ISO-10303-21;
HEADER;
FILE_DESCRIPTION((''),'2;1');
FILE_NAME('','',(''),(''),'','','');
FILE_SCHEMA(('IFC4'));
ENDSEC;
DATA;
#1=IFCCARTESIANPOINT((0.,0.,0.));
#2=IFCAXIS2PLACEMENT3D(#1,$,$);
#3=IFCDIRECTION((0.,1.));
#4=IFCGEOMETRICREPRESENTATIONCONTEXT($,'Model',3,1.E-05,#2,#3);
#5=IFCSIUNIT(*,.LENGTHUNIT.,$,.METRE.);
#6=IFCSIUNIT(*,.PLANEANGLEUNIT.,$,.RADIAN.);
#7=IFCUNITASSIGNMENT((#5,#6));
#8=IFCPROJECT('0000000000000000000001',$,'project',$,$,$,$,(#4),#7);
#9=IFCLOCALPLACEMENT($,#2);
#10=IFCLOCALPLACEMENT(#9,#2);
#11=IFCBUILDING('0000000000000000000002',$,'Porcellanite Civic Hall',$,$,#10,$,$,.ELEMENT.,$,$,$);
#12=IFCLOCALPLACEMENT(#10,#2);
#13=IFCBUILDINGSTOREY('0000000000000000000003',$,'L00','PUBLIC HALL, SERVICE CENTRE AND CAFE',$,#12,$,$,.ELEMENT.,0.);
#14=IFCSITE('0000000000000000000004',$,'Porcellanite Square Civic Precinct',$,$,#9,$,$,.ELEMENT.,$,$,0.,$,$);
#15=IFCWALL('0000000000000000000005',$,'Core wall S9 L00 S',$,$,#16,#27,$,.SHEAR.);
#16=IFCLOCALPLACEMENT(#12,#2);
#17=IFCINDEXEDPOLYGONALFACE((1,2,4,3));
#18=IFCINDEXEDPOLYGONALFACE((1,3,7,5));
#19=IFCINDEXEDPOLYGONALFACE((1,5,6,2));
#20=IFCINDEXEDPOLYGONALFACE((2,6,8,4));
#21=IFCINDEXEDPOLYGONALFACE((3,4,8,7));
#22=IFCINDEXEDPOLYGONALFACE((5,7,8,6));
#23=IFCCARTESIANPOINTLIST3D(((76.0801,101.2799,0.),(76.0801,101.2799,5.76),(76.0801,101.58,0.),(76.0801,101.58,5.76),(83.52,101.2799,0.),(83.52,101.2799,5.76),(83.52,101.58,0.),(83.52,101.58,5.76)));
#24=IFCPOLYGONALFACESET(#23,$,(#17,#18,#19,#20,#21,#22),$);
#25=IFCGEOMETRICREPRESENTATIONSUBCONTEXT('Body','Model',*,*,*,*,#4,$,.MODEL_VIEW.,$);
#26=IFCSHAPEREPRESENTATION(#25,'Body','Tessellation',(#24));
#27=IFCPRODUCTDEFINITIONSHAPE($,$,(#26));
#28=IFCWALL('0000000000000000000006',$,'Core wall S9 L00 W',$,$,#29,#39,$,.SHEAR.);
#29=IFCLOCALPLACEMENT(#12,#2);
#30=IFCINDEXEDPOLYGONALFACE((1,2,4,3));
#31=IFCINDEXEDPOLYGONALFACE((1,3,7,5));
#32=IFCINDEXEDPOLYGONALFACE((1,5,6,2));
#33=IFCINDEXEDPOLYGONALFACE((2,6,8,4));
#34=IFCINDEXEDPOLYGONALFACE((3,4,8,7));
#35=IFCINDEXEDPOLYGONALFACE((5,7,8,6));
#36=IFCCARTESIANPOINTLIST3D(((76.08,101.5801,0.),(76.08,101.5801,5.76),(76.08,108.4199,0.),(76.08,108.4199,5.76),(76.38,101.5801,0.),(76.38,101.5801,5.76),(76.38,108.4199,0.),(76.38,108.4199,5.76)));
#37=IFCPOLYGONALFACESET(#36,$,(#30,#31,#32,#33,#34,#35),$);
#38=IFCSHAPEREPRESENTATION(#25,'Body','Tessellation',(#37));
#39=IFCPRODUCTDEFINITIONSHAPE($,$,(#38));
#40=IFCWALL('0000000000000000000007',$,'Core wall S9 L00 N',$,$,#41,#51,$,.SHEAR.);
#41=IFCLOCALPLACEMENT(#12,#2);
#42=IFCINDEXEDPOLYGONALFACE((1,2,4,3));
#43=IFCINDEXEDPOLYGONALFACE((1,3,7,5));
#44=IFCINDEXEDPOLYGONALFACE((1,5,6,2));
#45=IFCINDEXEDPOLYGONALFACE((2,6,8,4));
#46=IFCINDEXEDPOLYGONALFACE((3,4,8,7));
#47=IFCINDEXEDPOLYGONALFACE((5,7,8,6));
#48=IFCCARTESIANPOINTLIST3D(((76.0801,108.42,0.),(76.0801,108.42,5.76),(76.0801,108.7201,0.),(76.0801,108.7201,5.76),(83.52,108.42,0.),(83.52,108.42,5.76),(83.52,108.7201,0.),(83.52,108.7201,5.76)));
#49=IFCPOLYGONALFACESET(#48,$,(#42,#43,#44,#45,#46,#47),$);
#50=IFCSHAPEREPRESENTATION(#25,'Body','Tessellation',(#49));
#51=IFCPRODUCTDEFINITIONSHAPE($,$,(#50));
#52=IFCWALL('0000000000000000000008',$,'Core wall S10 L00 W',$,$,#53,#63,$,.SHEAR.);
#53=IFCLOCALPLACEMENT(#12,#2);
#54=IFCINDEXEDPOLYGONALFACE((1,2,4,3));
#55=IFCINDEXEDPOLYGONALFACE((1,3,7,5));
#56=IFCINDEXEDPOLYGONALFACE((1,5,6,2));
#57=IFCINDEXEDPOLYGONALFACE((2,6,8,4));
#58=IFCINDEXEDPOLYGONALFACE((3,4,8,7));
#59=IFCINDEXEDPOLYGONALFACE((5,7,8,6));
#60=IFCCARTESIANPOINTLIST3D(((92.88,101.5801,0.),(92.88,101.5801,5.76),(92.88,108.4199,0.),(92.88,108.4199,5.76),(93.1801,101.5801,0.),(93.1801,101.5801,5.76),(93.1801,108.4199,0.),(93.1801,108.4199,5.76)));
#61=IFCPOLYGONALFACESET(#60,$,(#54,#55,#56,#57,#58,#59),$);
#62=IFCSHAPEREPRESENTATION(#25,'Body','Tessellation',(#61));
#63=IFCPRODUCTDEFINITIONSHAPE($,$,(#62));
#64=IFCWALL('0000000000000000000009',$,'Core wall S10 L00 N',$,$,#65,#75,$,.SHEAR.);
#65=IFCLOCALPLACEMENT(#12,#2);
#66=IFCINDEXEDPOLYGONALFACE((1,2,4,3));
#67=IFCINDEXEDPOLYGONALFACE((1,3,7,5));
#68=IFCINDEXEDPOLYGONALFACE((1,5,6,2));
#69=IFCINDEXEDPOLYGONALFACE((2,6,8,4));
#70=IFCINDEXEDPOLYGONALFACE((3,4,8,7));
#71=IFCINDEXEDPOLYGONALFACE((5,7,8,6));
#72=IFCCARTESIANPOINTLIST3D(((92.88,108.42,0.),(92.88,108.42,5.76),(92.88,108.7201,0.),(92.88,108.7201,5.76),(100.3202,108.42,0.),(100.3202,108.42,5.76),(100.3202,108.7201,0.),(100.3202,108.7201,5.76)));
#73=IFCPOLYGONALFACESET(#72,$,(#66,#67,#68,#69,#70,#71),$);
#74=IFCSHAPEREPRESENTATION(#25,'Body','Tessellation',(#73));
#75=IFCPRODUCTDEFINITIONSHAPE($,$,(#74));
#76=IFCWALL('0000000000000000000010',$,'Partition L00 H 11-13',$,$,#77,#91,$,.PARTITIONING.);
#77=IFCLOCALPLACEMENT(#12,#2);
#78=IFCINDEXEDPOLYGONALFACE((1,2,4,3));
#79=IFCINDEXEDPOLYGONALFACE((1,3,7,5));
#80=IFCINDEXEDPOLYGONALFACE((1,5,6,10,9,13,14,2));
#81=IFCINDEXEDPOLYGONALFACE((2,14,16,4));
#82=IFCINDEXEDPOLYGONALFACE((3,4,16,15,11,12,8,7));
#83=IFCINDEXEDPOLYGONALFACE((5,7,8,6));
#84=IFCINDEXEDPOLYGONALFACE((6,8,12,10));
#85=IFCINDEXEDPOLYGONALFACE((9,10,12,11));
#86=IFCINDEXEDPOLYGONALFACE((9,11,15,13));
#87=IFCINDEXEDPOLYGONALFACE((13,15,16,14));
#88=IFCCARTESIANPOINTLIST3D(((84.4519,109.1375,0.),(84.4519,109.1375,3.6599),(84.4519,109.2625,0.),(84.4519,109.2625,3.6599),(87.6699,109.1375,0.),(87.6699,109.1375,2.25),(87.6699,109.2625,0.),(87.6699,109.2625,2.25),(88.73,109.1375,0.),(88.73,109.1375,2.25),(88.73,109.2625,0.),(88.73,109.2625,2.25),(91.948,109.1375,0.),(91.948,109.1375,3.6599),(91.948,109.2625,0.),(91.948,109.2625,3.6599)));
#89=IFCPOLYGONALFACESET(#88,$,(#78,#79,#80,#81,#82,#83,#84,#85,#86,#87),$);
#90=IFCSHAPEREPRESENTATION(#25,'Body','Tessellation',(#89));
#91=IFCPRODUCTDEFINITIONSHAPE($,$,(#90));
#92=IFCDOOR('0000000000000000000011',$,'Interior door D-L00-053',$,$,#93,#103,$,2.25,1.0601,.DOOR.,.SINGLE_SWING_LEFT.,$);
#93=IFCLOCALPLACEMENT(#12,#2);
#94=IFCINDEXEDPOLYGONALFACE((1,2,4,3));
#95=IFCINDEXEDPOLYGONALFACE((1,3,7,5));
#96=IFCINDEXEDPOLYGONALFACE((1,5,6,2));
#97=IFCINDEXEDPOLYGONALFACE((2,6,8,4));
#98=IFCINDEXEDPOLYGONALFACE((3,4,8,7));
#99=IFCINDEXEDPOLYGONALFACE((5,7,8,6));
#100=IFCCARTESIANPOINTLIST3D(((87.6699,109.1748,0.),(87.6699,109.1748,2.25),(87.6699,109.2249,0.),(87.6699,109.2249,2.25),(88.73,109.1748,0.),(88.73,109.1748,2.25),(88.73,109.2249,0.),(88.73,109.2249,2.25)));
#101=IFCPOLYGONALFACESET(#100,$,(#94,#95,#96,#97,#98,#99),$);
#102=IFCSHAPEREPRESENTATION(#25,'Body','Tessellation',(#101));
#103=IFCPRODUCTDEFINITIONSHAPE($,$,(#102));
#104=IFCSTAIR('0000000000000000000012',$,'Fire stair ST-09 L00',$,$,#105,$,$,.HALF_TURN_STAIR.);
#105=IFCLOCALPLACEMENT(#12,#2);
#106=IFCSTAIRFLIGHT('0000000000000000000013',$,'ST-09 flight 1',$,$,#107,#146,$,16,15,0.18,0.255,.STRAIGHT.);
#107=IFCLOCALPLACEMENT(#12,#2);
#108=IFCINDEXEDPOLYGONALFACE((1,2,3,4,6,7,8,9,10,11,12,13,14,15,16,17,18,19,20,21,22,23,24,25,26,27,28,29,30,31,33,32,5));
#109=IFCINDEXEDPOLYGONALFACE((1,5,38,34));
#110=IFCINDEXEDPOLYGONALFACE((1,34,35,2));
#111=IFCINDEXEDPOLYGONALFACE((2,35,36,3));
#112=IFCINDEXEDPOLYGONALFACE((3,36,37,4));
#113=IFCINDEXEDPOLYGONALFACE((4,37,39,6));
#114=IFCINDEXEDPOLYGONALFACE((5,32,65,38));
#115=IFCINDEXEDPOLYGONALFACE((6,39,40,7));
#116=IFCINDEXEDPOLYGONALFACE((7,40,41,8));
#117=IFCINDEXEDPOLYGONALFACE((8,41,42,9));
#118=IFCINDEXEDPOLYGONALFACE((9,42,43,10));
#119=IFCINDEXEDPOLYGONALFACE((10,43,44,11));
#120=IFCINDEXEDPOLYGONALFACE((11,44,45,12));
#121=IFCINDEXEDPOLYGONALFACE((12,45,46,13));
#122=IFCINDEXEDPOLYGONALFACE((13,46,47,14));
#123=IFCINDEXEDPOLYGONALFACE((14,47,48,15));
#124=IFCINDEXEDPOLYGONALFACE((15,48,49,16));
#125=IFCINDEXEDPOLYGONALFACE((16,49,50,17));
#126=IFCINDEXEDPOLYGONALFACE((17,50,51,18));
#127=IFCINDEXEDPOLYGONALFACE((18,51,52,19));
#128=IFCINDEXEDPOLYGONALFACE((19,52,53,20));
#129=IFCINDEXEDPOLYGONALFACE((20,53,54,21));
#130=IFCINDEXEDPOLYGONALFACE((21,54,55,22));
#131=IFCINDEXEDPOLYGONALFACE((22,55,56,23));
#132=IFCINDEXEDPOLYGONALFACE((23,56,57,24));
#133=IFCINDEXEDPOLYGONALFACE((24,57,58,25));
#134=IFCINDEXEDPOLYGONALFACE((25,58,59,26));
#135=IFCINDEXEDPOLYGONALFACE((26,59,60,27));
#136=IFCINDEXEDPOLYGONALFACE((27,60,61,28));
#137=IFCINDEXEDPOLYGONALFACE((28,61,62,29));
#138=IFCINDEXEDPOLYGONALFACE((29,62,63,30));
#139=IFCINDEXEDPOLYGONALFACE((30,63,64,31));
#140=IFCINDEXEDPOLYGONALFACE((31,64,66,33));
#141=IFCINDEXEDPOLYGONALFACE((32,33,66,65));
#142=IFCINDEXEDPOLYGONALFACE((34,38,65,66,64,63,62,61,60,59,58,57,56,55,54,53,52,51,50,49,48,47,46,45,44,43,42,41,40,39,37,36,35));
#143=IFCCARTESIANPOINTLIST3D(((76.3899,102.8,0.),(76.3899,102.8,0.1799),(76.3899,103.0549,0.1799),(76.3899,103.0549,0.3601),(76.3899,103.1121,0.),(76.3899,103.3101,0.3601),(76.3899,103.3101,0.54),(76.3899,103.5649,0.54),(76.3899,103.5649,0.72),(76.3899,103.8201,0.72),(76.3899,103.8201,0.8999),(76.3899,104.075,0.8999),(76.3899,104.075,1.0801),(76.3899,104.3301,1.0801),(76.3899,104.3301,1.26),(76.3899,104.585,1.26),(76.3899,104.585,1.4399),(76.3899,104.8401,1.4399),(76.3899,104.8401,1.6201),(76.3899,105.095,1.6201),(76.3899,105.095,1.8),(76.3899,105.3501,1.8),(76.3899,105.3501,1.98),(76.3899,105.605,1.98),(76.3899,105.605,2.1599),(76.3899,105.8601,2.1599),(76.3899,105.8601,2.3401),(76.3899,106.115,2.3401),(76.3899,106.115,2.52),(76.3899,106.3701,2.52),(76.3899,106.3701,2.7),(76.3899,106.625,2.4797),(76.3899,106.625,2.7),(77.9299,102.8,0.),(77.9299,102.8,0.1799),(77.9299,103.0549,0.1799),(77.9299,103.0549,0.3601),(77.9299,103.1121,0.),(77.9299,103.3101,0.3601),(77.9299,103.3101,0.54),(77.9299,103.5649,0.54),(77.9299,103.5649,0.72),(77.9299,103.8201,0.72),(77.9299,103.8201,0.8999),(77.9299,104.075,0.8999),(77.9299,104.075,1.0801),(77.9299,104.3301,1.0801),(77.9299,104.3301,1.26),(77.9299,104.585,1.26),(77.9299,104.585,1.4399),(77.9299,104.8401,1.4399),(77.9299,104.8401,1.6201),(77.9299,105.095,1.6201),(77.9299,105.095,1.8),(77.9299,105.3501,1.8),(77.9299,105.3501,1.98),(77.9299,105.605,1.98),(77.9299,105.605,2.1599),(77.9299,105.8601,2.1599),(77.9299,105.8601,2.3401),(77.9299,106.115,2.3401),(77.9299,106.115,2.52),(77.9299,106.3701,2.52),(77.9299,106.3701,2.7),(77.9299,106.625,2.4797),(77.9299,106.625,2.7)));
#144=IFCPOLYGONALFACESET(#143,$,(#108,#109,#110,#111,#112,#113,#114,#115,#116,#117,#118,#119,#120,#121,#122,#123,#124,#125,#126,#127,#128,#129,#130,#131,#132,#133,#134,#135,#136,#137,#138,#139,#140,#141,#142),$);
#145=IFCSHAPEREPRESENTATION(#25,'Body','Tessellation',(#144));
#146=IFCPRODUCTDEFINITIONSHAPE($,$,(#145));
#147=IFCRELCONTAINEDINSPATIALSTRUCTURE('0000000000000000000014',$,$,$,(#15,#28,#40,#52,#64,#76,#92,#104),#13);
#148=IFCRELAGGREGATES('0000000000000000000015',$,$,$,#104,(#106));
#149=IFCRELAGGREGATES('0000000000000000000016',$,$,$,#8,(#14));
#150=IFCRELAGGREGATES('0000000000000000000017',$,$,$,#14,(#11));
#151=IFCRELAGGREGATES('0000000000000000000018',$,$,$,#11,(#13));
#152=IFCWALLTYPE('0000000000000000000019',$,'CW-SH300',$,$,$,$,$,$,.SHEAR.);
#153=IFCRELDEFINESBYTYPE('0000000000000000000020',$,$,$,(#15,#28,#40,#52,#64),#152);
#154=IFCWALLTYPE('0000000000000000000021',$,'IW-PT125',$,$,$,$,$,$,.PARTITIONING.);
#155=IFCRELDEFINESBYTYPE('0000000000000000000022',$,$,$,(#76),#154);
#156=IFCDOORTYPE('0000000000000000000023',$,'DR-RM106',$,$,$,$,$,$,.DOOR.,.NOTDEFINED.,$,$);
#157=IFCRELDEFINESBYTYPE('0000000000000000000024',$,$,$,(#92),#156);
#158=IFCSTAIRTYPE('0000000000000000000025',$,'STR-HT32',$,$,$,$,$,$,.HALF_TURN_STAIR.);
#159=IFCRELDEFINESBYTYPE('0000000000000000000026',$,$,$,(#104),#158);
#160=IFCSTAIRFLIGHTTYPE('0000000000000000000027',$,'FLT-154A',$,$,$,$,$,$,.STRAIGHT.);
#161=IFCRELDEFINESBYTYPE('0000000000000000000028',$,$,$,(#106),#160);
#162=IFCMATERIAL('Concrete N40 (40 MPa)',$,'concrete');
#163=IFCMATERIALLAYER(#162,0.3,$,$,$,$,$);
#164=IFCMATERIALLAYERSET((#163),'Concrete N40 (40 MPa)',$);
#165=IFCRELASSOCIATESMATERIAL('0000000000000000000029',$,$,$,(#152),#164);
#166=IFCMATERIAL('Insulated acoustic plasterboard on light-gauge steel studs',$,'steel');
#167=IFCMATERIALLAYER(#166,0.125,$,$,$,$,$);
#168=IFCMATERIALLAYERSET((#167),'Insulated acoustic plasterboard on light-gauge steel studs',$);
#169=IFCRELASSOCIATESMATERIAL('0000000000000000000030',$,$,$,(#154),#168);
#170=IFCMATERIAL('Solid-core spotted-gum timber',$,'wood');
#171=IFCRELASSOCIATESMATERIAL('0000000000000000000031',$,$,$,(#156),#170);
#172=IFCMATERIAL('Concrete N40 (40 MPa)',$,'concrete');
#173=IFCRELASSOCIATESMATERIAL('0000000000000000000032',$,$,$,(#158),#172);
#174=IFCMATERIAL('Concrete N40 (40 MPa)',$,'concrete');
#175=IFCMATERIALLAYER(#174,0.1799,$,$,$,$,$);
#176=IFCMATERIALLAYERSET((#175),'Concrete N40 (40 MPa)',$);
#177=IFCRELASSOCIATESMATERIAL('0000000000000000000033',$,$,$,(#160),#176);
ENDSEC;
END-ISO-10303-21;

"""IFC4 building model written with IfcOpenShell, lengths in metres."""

from ifc_helpers import new_model, si_unit, direction, frame, frame_2d, origin, place, context, subcontext, project, spatial, polyline, rectangle, outline, extrude, material, layer, layer_set, type_object, element, fill, aggregate, save


model = new_model("IFC4")

# Units and contexts
model_context = context("Model", 3, precision=1e-05, world=origin(), true_north=direction((0.0, 1.0)))
body_context = subcontext(model_context, "Body", "Model", "MODEL_VIEW")
ifc_project = project(units=[si_unit("LENGTHUNIT", "METRE"), si_unit("PLANEANGLEUNIT", "RADIAN")], contexts=[model_context])

# Site, building, storey
site_placement = place(None, origin())
site = spatial("IfcSite", under=ifc_project, at=site_placement, Name="Porcellanite Square Civic Precinct", CompositionType="ELEMENT", RefElevation=0.0)
building_placement = place(site_placement, origin())
building = spatial("IfcBuilding", under=site, at=building_placement, Name="Porcellanite Civic Hall", CompositionType="ELEMENT")
storey_placement = place(building_placement, origin())
storey = spatial("IfcBuildingStorey", under=building, at=storey_placement, Name="L00", Description="PUBLIC HALL, SERVICE CENTRE AND CAFE", CompositionType="ELEMENT", Elevation=0.0)

# Walls
ifc_material_1 = material(Name="Concrete N40 (40 MPa)", Category="concrete")
ifc_layer_1 = layer(ifc_material_1, 0.3)
ifc_layer_set_1 = layer_set([ifc_layer_1], Name="Concrete N40 (40 MPa)")
wall_type_1 = type_object("IfcWallType", Name="CW-SH300", PredefinedType="SHEAR", material=ifc_layer_set_1)
wall_1_placement = place(storey_placement, frame((83.52, 101.4299, 0.0), z_axis=(0.0, 0.0, 1.0), x_axis=(-1.0, 0.0, 0.0)))
element("IfcWall", 1, at=wall_1_placement, inside=storey, type_object=wall_type_1, Name="Core wall S9 L00 S", PredefinedType="SHEAR", context=body_context, shape_type="SweptSolid", body=[
    extrude(rectangle(XDim=7.4399, YDim=0.3, at=frame_2d((3.72, 0.0))), origin(), (0.0, 0.0, 1.0), 5.76),
])
wall_2_placement = place(storey_placement, frame((76.23, 101.5801, 0.0), z_axis=(0.0, 0.0, 1.0), x_axis=(0.0, 1.0, 0.0)))
element("IfcWall", 2, at=wall_2_placement, inside=storey, type_object=wall_type_1, Name="Core wall S9 L00 W", PredefinedType="SHEAR", context=body_context, shape_type="SweptSolid", body=[
    extrude(rectangle(XDim=6.8398, YDim=0.3, at=frame_2d((3.4199, 0.0))), origin(), (0.0, 0.0, 1.0), 5.76),
])
wall_3_placement = place(storey_placement, frame((76.0801, 108.5701, 0.0), z_axis=(0.0, 0.0, 1.0), x_axis=(1.0, 0.0, 0.0)))
element("IfcWall", 3, at=wall_3_placement, inside=storey, type_object=wall_type_1, Name="Core wall S9 L00 N", PredefinedType="SHEAR", context=body_context, shape_type="SweptSolid", body=[
    extrude(rectangle(XDim=7.4399, YDim=0.3, at=frame_2d((3.72, 0.0))), origin(), (0.0, 0.0, 1.0), 5.76),
])

# Walls
wall_4_placement = place(storey_placement, frame((93.03, 101.5801, 0.0), z_axis=(0.0, 0.0, 1.0), x_axis=(0.0, 1.0, 0.0)))
element("IfcWall", 4, at=wall_4_placement, inside=storey, type_object=wall_type_1, Name="Core wall S10 L00 W", PredefinedType="SHEAR", context=body_context, shape_type="SweptSolid", body=[
    extrude(rectangle(XDim=6.8398, YDim=0.3, at=frame_2d((3.4199, 0.0))), origin(), (0.0, 0.0, 1.0), 5.76),
])
wall_5_placement = place(storey_placement, frame((92.8799, 108.5701, 0.0), z_axis=(0.0, 0.0, 1.0), x_axis=(1.0, 0.0, 0.0)))
element("IfcWall", 5, at=wall_5_placement, inside=storey, type_object=wall_type_1, Name="Core wall S10 L00 N", PredefinedType="SHEAR", context=body_context, shape_type="SweptSolid", body=[
    extrude(rectangle(XDim=7.4402, YDim=0.3, at=frame_2d((3.7202, 0.0))), origin(), (0.0, 0.0, 1.0), 5.76),
])

# Wall, opening, door
ifc_material_2 = material(Name="Insulated acoustic plasterboard on light-gauge steel studs", Category="steel")
ifc_layer_2 = layer(ifc_material_2, 0.125)
ifc_layer_set_2 = layer_set([ifc_layer_2], Name="Insulated acoustic plasterboard on light-gauge steel studs")
wall_type_2 = type_object("IfcWallType", Name="IW-PT125", PredefinedType="PARTITIONING", material=ifc_layer_set_2)
wall_6_placement = place(storey_placement, frame((84.4519, 109.2, 0.0), z_axis=(0.0, 0.0, 1.0), x_axis=(1.0, 0.0, 0.0)))
wall_6 = element("IfcWall", 6, at=wall_6_placement, inside=storey, type_object=wall_type_2, Name="Partition L00 H 11-13", PredefinedType="PARTITIONING", context=body_context, shape_type="SweptSolid", body=[
    extrude(rectangle(XDim=7.4961, YDim=0.125, at=frame_2d((3.748, 0.0))), origin(), (0.0, 0.0, 1.0), 3.6599),
])
opening_1_placement = place(wall_6_placement, frame((3.218, 0.0, 0.0)))
opening_1 = element("IfcOpeningElement", 7, at=opening_1_placement, cuts=wall_6, PredefinedType="OPENING", context=body_context, shape_type="SweptSolid", body=[
    extrude(rectangle(XDim=1.0601, YDim=2.25, at=frame_2d((0.53, 1.125))), frame((0.0, 0.0625, 0.0), z_axis=(0.0, -1.0, 0.0), x_axis=(1.0, 0.0, 0.0)), (0.0, 0.0, 1.0), 0.125),
])
ifc_material_3 = material(Name="Solid-core spotted-gum timber", Category="wood")
door_type_1 = type_object("IfcDoorType", Name="DR-RM106", OperationType="NOTDEFINED", PredefinedType="DOOR", material=ifc_material_3)
door_1_placement = place(opening_1_placement, origin())
door_1 = element("IfcDoor", 8, at=door_1_placement, inside=storey, type_object=door_type_1, Name="Interior door D-L00-053", OperationType="SINGLE_SWING_LEFT", OverallHeight=2.25, OverallWidth=1.0601, PredefinedType="DOOR", context=body_context, shape_type="SweptSolid", body=[
    extrude(rectangle(XDim=1.0601, YDim=2.25, at=frame_2d((0.53, 1.125))), frame((0.0, 0.0249, 0.0), z_axis=(0.0, -1.0, 0.0), x_axis=(1.0, 0.0, 0.0)), (0.0, 0.0, 1.0), 0.05),
])
fill(opening_1, door_1)

# Stair, stair flight
ifc_material_4 = material(Name="Concrete N40 (40 MPa)", Category="concrete")
stair_type = type_object("IfcStairType", Name="STR-HT32", PredefinedType="HALF_TURN_STAIR", material=ifc_material_4)
stair_1_placement = place(storey_placement, origin())
stair_1 = element("IfcStair", 9, at=stair_1_placement, inside=storey, type_object=stair_type, Name="Fire stair ST-09 L00", PredefinedType="HALF_TURN_STAIR")
ifc_material_5 = material(Name="Concrete N40 (40 MPa)", Category="concrete")
ifc_layer_3 = layer(ifc_material_5, 0.1799)
ifc_layer_set_3 = layer_set([ifc_layer_3], Name="Concrete N40 (40 MPa)")
stair_flight_type = type_object("IfcStairFlightType", Name="FLT-154A", PredefinedType="STRAIGHT", material=ifc_layer_set_3)
stair_flight_1_placement = place(storey_placement, frame((77.1599, 102.8, 0.0), z_axis=(0.0, 0.0, 1.0), x_axis=(0.0, 1.0, 0.0)))
stair_flight_1 = element("IfcStairFlight", 10, at=stair_flight_1_placement, type_object=stair_flight_type, Name="ST-09 flight 1", NumberOfRisers=16, NumberOfTreads=15, PredefinedType="STRAIGHT", RiserHeight=0.18, TreadLength=0.255, context=body_context, shape_type="SweptSolid", body=[
    extrude(outline(polyline([(0.0, 0.0), (0.0, 0.1799), (0.2549, 0.1799), (0.2549, 0.3601), (0.51, 0.3601), (0.51, 0.54), (0.7649, 0.54), (0.7649, 0.72), (1.02, 0.72), (1.02, 0.8999), (1.2749, 0.8999), (1.2749, 1.0801), (1.53, 1.0801), (1.53, 1.26), (1.7849, 1.26), (1.7849, 1.4399), (2.04, 1.4399), (2.04, 1.6201), (2.2949, 1.6201), (2.2949, 1.8), (2.55, 1.8), (2.55, 1.98), (2.8049, 1.98), (2.8049, 2.1599), (3.0601, 2.1599), (3.0601, 2.3401), (3.3149, 2.3401), (3.3149, 2.52), (3.5701, 2.52), (3.5701, 2.7), (3.825, 2.7), (3.825, 2.8799), (3.825, 2.4797), (0.312, 0.0), (0.0, 0.0)])), frame((0.0, 0.77, 0.0), z_axis=(0.0, -1.0, 0.0), x_axis=(1.0, 0.0, 0.0)), (0.0, 0.0, 1.0), 1.54),
])
aggregate(stair_1, [stair_flight_1])

save(model, "model.ifc")
